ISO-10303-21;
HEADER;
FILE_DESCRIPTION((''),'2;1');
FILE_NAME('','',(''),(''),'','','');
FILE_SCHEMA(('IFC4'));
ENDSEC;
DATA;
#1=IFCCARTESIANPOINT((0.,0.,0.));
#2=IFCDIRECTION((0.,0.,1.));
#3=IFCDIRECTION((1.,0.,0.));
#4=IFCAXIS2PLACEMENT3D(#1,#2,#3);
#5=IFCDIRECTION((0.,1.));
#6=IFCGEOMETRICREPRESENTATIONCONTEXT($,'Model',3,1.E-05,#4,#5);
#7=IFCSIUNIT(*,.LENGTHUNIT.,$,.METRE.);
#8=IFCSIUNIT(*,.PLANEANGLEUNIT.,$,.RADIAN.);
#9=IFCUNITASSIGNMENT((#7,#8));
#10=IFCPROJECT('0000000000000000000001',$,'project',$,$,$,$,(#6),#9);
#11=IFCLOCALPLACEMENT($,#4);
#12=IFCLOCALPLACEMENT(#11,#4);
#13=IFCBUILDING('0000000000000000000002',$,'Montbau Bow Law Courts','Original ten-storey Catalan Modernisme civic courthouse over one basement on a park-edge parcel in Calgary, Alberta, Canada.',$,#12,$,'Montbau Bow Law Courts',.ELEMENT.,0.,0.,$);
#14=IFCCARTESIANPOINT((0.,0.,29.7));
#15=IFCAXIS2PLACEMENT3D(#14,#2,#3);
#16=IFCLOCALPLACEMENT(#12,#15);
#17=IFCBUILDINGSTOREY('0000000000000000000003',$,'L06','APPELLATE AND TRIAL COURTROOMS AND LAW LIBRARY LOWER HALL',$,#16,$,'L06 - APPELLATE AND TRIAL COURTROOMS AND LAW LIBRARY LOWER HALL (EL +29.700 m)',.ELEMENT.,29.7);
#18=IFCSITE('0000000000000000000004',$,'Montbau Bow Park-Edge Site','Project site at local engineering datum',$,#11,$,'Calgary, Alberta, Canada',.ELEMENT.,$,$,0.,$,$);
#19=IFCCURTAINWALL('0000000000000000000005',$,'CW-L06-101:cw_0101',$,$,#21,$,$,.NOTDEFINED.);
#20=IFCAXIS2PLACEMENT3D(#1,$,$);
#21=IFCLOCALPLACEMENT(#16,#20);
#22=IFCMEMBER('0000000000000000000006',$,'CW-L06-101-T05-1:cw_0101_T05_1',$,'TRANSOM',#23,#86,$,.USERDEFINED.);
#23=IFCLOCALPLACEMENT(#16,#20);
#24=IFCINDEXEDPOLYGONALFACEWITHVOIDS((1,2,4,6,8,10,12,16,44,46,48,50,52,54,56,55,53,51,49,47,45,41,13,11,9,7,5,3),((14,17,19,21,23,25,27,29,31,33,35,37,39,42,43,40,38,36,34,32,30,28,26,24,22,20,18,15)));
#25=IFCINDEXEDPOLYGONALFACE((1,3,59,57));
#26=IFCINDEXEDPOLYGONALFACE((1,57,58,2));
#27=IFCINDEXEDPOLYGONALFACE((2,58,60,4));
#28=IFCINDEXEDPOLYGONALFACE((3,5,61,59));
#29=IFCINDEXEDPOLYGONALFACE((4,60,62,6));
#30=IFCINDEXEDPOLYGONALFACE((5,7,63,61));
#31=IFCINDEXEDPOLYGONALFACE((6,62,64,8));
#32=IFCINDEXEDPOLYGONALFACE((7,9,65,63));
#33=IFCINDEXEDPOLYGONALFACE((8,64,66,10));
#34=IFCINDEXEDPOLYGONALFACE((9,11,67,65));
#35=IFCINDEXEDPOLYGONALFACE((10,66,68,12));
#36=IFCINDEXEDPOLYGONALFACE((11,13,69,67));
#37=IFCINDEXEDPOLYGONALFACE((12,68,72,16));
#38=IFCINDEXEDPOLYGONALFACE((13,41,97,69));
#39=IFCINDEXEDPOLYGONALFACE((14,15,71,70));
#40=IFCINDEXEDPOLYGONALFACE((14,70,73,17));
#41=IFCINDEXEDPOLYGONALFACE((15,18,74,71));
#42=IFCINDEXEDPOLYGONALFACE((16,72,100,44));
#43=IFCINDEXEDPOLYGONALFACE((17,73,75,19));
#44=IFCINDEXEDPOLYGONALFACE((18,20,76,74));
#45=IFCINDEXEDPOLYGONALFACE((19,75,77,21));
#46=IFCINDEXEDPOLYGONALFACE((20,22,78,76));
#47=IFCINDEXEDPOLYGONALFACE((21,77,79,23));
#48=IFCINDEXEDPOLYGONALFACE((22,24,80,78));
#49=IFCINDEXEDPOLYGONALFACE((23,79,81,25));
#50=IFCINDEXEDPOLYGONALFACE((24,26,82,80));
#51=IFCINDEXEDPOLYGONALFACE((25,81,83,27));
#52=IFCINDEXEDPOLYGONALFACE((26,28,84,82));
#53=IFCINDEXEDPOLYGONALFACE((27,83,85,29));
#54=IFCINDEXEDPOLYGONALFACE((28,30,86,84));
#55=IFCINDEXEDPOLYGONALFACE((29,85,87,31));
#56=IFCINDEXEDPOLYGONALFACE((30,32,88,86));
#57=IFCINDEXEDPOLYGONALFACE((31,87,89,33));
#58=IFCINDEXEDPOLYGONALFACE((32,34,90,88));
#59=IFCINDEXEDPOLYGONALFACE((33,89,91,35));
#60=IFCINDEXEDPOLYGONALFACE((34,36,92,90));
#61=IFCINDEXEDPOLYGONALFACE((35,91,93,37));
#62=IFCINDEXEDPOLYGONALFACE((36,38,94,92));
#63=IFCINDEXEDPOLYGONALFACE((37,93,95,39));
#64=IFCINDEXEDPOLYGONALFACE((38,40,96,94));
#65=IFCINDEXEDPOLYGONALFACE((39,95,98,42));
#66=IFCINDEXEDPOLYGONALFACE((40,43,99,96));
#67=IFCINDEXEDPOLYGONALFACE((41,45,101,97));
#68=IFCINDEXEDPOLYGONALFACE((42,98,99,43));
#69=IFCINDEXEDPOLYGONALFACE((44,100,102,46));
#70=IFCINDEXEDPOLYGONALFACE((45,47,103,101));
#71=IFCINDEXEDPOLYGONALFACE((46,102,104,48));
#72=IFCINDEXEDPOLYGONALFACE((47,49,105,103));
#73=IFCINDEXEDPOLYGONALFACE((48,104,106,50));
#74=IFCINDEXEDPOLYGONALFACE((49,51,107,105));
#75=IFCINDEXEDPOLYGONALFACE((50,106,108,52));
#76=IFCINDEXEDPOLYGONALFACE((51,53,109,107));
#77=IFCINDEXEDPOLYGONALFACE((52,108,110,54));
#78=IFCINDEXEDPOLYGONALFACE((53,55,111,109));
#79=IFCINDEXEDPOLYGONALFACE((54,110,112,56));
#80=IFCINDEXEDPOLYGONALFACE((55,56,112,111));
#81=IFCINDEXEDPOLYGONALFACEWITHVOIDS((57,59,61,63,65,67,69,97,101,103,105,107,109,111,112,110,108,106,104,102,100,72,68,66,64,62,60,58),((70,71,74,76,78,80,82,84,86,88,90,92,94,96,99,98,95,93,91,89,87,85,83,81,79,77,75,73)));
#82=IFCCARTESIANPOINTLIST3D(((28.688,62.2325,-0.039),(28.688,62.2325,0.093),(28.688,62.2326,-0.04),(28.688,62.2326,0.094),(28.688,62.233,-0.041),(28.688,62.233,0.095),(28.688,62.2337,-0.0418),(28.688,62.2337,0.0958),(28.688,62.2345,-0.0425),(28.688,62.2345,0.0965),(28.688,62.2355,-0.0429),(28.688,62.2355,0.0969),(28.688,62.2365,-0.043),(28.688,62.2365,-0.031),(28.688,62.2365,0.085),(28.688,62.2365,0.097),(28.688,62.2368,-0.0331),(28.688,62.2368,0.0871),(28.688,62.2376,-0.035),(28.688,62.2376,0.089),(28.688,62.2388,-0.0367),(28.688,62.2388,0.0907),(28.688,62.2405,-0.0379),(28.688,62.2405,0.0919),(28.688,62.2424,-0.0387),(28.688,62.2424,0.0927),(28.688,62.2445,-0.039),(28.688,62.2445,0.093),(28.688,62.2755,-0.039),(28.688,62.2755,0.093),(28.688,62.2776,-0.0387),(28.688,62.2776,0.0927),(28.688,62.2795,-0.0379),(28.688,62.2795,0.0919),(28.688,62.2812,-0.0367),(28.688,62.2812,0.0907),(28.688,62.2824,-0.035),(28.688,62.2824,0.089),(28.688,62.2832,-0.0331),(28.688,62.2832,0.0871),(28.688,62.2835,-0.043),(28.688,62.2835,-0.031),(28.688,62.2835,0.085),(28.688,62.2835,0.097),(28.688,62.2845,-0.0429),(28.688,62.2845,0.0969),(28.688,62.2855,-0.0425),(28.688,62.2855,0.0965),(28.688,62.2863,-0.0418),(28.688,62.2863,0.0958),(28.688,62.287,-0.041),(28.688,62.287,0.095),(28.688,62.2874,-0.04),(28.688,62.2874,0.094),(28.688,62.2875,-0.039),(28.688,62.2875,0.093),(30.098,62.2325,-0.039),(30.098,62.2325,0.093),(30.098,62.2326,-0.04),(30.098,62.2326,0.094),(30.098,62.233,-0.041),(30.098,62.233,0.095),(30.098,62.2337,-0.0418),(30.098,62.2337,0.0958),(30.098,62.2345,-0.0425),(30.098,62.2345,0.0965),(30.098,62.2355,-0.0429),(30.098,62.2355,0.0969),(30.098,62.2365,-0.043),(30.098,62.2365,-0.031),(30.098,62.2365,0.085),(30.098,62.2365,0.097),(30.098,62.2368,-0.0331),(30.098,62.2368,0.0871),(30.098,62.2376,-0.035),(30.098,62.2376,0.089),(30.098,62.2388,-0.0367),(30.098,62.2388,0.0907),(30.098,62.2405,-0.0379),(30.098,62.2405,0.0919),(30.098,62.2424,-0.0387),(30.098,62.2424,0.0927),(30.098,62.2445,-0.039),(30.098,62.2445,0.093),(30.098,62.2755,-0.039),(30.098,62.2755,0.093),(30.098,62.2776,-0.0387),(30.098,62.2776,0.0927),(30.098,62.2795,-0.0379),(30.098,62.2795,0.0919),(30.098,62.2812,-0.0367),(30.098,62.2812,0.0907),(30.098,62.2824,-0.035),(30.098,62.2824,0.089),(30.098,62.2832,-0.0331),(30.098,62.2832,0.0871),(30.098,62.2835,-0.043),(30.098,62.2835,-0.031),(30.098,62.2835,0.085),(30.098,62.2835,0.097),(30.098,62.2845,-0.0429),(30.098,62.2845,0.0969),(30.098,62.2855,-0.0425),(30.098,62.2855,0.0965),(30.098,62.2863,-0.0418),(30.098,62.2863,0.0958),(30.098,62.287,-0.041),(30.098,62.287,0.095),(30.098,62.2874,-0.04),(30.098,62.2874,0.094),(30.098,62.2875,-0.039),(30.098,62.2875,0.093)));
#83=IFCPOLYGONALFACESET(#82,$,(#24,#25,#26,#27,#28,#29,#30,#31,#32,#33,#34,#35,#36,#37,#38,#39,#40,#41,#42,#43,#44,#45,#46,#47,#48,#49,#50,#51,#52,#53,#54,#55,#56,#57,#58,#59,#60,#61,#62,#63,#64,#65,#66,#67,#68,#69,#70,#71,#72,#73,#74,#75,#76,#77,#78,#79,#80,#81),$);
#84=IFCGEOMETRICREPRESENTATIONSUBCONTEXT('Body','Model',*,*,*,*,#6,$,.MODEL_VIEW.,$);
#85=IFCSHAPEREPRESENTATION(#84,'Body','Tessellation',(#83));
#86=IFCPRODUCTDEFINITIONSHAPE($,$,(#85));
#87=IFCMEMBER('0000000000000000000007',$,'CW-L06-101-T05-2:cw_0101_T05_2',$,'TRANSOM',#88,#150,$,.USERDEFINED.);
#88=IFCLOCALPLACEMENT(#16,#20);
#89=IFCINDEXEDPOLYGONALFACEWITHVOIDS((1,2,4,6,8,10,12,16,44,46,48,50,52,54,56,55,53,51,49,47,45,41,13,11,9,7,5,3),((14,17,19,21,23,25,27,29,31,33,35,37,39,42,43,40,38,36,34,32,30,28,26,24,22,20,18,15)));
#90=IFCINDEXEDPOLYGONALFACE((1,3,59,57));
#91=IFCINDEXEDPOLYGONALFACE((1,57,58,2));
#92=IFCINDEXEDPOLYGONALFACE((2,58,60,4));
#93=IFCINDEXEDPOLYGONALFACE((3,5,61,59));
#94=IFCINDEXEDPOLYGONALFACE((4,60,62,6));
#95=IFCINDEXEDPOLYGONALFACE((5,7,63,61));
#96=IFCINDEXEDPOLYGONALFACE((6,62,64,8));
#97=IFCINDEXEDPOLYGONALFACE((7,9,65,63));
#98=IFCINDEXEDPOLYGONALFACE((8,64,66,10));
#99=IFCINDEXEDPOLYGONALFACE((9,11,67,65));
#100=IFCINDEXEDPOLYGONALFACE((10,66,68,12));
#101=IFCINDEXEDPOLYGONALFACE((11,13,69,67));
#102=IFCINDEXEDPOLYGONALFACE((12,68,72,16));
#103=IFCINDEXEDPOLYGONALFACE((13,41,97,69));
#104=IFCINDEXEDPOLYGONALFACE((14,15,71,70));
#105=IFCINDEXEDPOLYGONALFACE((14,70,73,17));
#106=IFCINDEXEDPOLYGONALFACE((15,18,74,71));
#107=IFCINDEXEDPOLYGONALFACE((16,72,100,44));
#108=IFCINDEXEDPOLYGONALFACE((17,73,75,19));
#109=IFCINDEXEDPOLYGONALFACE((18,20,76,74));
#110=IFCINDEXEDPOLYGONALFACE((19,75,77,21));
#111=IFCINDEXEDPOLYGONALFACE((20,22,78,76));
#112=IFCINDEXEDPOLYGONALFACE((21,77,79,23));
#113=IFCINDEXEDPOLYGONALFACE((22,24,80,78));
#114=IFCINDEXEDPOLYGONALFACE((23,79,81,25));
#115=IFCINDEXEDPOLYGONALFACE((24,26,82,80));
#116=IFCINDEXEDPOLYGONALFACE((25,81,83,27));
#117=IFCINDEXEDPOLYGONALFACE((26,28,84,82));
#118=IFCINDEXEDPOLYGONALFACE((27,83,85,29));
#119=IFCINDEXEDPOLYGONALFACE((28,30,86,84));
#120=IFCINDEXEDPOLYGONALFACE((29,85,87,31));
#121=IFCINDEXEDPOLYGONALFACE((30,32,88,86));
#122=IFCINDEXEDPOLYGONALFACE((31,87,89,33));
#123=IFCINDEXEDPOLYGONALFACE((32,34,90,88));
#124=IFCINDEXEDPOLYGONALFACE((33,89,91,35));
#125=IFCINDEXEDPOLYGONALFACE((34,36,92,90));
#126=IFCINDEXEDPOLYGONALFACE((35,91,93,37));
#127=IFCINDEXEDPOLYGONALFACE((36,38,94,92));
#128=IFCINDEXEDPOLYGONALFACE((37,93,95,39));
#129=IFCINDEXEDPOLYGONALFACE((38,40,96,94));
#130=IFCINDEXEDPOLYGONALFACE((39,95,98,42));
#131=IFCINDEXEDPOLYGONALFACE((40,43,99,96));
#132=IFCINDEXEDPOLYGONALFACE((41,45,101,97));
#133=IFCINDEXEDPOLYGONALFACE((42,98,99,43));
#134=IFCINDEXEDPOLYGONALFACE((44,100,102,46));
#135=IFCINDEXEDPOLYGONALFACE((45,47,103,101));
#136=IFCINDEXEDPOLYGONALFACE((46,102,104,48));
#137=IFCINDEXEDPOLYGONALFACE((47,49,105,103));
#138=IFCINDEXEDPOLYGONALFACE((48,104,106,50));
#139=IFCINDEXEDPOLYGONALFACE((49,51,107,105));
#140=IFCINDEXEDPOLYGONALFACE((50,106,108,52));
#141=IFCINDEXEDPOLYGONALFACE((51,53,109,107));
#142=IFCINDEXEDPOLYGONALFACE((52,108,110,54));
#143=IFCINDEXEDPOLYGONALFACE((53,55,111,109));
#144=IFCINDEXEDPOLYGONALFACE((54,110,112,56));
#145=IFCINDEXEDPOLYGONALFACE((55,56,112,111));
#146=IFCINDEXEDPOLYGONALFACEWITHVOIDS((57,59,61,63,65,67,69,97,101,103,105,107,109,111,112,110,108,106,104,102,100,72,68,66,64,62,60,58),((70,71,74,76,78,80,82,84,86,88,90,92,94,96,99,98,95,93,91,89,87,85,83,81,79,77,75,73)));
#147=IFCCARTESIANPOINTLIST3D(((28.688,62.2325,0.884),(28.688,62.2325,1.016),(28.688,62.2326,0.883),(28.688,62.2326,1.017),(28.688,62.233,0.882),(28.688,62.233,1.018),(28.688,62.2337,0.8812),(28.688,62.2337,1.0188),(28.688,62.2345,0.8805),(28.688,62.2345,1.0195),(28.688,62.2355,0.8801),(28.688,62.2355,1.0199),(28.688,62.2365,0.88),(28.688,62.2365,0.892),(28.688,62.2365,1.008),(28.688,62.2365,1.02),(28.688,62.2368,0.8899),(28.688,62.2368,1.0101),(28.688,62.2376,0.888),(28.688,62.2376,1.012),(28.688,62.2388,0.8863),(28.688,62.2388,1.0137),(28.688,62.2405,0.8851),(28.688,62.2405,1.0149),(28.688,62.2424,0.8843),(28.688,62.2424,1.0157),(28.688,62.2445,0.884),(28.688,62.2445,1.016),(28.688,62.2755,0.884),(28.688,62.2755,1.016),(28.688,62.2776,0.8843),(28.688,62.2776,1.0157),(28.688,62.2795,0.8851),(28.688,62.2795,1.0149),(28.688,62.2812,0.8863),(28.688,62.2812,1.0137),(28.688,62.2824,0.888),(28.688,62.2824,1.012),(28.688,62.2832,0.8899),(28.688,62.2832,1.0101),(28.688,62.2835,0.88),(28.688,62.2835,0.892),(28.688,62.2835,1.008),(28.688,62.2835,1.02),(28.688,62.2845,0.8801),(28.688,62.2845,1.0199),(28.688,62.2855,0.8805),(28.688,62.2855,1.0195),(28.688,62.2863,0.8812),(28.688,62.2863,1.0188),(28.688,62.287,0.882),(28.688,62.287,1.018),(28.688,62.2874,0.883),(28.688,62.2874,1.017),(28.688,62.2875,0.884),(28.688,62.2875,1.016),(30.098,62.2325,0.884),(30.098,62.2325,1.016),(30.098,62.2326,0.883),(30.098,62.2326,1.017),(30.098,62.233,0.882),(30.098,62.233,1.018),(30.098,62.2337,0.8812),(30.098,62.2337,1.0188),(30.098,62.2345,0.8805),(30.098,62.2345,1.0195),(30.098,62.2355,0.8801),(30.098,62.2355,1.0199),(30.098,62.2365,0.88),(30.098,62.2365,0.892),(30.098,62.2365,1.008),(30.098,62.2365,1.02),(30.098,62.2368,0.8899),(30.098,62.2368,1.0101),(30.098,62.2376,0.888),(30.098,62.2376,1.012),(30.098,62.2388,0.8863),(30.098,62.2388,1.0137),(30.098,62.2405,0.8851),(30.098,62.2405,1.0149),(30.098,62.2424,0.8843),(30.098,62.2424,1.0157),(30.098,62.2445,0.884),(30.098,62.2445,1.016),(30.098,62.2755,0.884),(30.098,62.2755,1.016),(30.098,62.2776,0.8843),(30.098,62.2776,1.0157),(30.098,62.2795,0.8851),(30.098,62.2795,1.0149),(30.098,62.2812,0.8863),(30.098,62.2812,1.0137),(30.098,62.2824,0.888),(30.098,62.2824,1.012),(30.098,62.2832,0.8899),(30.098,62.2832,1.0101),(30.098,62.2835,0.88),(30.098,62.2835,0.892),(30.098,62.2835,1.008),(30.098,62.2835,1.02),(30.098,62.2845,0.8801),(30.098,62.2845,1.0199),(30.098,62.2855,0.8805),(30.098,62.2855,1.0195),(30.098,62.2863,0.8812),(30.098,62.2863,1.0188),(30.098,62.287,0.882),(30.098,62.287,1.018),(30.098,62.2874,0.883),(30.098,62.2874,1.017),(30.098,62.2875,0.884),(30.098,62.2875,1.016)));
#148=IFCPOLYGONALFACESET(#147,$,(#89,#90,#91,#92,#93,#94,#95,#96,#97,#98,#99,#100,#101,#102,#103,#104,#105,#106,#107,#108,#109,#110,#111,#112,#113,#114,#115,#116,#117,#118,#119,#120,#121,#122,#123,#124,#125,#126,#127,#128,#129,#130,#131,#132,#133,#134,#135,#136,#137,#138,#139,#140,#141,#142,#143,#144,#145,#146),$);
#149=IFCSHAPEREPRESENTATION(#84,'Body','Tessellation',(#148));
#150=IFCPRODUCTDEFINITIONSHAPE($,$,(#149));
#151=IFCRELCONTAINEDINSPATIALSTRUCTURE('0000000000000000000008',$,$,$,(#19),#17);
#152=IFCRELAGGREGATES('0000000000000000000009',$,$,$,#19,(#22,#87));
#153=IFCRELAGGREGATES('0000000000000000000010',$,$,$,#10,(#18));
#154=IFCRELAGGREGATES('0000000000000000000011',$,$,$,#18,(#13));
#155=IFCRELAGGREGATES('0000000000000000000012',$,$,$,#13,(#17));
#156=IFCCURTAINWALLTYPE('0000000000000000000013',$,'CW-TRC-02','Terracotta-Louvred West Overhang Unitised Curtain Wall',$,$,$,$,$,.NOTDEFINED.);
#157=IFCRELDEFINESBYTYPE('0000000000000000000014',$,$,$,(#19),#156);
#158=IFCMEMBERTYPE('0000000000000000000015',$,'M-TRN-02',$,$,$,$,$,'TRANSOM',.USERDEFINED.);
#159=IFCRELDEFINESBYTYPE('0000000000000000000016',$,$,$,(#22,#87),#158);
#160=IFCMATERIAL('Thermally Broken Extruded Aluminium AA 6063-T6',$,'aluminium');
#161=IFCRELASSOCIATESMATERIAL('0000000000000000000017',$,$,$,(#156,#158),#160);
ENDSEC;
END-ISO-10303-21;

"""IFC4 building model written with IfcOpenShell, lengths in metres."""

from ifc_helpers import new_model, si_unit, direction, frame, origin_with_axes, origin_2d_with_axis, place, context, subcontext, project, spatial, hollow_rectangle, extrude, material, material_profile, profile_set, type_object, element, aggregate, save


model = new_model("IFC4")

# Units and contexts
model_context = context("Model", 3, precision=1e-05, world=origin_with_axes(), true_north=direction((0.0, 1.0)))
body_context = subcontext(model_context, "Body", "Model", "MODEL_VIEW")
ifc_project = project(units=[si_unit("LENGTHUNIT", "METRE"), si_unit("PLANEANGLEUNIT", "RADIAN")], contexts=[model_context])

# Site, building, storey
site_placement = place(None, origin_with_axes())
site = spatial("IfcSite", under=ifc_project, at=site_placement, Name="Montbau Bow Park-Edge Site", Description="Project site at local engineering datum", LongName="Calgary, Alberta, Canada", CompositionType="ELEMENT", RefElevation=0.0)
building_placement = place(site_placement, origin_with_axes())
building = spatial("IfcBuilding", under=site, at=building_placement, Name="Montbau Bow Law Courts", Description="Original ten-storey Catalan Modernisme civic courthouse over one basement on a park-edge parcel in Calgary, Alberta, Canada.", LongName="Montbau Bow Law Courts", CompositionType="ELEMENT", ElevationOfRefHeight=0.0, ElevationOfTerrain=0.0)
storey_placement = place(building_placement, frame((0.0, 0.0, 29.7), z_axis=(0.0, 0.0, 1.0), x_axis=(1.0, 0.0, 0.0)))
storey = spatial("IfcBuildingStorey", under=building, at=storey_placement, Name="L06", Description="APPELLATE AND TRIAL COURTROOMS AND LAW LIBRARY LOWER HALL", LongName="L06 - APPELLATE AND TRIAL COURTROOMS AND LAW LIBRARY LOWER HALL (EL +29.700 m)", CompositionType="ELEMENT", Elevation=29.7)

# Curtain wall
ifc_material_1 = material(Name="Thermally Broken Extruded Aluminium AA 6063-T6", Category="aluminium")
curtain_wall_type = type_object("IfcCurtainWallType", Name="CW-TRC-02", Description="Terracotta-Louvred West Overhang Unitised Curtain Wall", PredefinedType="NOTDEFINED", material=ifc_material_1)
curtain_wall_1_placement = place(None, frame((22.64, 62.26, 29.7), z_axis=(0.0, 0.0, 1.0), x_axis=(1.0, 0.0, 0.0)))
curtain_wall_1 = element("IfcCurtainWall", 1, at=curtain_wall_1_placement, inside=storey, type_object=curtain_wall_type, Name="CW-L06-101:cw_0101", PredefinedType="NOTDEFINED")

# Members
ifc_material_profile_1 = material_profile(ifc_material_1, hollow_rectangle(XDim=0.055, YDim=0.14, WallThickness=0.004, InnerFilletRadius=0.008, OuterFilletRadius=0.004, at=origin_2d_with_axis()), Name="CWT-140X55", Category="Main", Priority=0)
ifc_profile_set_1 = profile_set([ifc_material_profile_1], Name="Thermally Broken Extruded Aluminium AA 6063-T6")
member_type_1 = type_object("IfcMemberType", Name="M-TRN-02", ElementType="TRANSOM", PredefinedType="USERDEFINED", material=ifc_profile_set_1)
member_1_placement = place(None, frame((28.688, 62.26, 29.727), z_axis=(1.0, 0.0, 0.0), x_axis=(0.0, 1.0, 0.0)))
member_1 = element("IfcMember", 2, at=member_1_placement, type_object=member_type_1, Name="CW-L06-101-T05-1:cw_0101_T05_1", ObjectType="TRANSOM", PredefinedType="USERDEFINED", context=body_context, shape_type="SweptSolid", body=[
    extrude(hollow_rectangle(XDim=0.055, YDim=0.14, WallThickness=0.004, InnerFilletRadius=0.008, OuterFilletRadius=0.004, at=origin_2d_with_axis()), origin_with_axes(), (0.0, 0.0, 1.0), 1.41),
])
member_2_placement = place(None, frame((28.688, 62.26, 30.65), z_axis=(1.0, 0.0, 0.0), x_axis=(0.0, 1.0, 0.0)))
member_2 = element("IfcMember", 3, at=member_2_placement, type_object=member_type_1, Name="CW-L06-101-T05-2:cw_0101_T05_2", ObjectType="TRANSOM", PredefinedType="USERDEFINED", context=body_context, shape_type="SweptSolid", body=[
    extrude(hollow_rectangle(XDim=0.055, YDim=0.14, WallThickness=0.004, InnerFilletRadius=0.008, OuterFilletRadius=0.004, at=origin_2d_with_axis()), origin_with_axes(), (0.0, 0.0, 1.0), 1.41),
])

aggregate(curtain_wall_1, [member_1, member_2])

save(model, "model.ifc")
